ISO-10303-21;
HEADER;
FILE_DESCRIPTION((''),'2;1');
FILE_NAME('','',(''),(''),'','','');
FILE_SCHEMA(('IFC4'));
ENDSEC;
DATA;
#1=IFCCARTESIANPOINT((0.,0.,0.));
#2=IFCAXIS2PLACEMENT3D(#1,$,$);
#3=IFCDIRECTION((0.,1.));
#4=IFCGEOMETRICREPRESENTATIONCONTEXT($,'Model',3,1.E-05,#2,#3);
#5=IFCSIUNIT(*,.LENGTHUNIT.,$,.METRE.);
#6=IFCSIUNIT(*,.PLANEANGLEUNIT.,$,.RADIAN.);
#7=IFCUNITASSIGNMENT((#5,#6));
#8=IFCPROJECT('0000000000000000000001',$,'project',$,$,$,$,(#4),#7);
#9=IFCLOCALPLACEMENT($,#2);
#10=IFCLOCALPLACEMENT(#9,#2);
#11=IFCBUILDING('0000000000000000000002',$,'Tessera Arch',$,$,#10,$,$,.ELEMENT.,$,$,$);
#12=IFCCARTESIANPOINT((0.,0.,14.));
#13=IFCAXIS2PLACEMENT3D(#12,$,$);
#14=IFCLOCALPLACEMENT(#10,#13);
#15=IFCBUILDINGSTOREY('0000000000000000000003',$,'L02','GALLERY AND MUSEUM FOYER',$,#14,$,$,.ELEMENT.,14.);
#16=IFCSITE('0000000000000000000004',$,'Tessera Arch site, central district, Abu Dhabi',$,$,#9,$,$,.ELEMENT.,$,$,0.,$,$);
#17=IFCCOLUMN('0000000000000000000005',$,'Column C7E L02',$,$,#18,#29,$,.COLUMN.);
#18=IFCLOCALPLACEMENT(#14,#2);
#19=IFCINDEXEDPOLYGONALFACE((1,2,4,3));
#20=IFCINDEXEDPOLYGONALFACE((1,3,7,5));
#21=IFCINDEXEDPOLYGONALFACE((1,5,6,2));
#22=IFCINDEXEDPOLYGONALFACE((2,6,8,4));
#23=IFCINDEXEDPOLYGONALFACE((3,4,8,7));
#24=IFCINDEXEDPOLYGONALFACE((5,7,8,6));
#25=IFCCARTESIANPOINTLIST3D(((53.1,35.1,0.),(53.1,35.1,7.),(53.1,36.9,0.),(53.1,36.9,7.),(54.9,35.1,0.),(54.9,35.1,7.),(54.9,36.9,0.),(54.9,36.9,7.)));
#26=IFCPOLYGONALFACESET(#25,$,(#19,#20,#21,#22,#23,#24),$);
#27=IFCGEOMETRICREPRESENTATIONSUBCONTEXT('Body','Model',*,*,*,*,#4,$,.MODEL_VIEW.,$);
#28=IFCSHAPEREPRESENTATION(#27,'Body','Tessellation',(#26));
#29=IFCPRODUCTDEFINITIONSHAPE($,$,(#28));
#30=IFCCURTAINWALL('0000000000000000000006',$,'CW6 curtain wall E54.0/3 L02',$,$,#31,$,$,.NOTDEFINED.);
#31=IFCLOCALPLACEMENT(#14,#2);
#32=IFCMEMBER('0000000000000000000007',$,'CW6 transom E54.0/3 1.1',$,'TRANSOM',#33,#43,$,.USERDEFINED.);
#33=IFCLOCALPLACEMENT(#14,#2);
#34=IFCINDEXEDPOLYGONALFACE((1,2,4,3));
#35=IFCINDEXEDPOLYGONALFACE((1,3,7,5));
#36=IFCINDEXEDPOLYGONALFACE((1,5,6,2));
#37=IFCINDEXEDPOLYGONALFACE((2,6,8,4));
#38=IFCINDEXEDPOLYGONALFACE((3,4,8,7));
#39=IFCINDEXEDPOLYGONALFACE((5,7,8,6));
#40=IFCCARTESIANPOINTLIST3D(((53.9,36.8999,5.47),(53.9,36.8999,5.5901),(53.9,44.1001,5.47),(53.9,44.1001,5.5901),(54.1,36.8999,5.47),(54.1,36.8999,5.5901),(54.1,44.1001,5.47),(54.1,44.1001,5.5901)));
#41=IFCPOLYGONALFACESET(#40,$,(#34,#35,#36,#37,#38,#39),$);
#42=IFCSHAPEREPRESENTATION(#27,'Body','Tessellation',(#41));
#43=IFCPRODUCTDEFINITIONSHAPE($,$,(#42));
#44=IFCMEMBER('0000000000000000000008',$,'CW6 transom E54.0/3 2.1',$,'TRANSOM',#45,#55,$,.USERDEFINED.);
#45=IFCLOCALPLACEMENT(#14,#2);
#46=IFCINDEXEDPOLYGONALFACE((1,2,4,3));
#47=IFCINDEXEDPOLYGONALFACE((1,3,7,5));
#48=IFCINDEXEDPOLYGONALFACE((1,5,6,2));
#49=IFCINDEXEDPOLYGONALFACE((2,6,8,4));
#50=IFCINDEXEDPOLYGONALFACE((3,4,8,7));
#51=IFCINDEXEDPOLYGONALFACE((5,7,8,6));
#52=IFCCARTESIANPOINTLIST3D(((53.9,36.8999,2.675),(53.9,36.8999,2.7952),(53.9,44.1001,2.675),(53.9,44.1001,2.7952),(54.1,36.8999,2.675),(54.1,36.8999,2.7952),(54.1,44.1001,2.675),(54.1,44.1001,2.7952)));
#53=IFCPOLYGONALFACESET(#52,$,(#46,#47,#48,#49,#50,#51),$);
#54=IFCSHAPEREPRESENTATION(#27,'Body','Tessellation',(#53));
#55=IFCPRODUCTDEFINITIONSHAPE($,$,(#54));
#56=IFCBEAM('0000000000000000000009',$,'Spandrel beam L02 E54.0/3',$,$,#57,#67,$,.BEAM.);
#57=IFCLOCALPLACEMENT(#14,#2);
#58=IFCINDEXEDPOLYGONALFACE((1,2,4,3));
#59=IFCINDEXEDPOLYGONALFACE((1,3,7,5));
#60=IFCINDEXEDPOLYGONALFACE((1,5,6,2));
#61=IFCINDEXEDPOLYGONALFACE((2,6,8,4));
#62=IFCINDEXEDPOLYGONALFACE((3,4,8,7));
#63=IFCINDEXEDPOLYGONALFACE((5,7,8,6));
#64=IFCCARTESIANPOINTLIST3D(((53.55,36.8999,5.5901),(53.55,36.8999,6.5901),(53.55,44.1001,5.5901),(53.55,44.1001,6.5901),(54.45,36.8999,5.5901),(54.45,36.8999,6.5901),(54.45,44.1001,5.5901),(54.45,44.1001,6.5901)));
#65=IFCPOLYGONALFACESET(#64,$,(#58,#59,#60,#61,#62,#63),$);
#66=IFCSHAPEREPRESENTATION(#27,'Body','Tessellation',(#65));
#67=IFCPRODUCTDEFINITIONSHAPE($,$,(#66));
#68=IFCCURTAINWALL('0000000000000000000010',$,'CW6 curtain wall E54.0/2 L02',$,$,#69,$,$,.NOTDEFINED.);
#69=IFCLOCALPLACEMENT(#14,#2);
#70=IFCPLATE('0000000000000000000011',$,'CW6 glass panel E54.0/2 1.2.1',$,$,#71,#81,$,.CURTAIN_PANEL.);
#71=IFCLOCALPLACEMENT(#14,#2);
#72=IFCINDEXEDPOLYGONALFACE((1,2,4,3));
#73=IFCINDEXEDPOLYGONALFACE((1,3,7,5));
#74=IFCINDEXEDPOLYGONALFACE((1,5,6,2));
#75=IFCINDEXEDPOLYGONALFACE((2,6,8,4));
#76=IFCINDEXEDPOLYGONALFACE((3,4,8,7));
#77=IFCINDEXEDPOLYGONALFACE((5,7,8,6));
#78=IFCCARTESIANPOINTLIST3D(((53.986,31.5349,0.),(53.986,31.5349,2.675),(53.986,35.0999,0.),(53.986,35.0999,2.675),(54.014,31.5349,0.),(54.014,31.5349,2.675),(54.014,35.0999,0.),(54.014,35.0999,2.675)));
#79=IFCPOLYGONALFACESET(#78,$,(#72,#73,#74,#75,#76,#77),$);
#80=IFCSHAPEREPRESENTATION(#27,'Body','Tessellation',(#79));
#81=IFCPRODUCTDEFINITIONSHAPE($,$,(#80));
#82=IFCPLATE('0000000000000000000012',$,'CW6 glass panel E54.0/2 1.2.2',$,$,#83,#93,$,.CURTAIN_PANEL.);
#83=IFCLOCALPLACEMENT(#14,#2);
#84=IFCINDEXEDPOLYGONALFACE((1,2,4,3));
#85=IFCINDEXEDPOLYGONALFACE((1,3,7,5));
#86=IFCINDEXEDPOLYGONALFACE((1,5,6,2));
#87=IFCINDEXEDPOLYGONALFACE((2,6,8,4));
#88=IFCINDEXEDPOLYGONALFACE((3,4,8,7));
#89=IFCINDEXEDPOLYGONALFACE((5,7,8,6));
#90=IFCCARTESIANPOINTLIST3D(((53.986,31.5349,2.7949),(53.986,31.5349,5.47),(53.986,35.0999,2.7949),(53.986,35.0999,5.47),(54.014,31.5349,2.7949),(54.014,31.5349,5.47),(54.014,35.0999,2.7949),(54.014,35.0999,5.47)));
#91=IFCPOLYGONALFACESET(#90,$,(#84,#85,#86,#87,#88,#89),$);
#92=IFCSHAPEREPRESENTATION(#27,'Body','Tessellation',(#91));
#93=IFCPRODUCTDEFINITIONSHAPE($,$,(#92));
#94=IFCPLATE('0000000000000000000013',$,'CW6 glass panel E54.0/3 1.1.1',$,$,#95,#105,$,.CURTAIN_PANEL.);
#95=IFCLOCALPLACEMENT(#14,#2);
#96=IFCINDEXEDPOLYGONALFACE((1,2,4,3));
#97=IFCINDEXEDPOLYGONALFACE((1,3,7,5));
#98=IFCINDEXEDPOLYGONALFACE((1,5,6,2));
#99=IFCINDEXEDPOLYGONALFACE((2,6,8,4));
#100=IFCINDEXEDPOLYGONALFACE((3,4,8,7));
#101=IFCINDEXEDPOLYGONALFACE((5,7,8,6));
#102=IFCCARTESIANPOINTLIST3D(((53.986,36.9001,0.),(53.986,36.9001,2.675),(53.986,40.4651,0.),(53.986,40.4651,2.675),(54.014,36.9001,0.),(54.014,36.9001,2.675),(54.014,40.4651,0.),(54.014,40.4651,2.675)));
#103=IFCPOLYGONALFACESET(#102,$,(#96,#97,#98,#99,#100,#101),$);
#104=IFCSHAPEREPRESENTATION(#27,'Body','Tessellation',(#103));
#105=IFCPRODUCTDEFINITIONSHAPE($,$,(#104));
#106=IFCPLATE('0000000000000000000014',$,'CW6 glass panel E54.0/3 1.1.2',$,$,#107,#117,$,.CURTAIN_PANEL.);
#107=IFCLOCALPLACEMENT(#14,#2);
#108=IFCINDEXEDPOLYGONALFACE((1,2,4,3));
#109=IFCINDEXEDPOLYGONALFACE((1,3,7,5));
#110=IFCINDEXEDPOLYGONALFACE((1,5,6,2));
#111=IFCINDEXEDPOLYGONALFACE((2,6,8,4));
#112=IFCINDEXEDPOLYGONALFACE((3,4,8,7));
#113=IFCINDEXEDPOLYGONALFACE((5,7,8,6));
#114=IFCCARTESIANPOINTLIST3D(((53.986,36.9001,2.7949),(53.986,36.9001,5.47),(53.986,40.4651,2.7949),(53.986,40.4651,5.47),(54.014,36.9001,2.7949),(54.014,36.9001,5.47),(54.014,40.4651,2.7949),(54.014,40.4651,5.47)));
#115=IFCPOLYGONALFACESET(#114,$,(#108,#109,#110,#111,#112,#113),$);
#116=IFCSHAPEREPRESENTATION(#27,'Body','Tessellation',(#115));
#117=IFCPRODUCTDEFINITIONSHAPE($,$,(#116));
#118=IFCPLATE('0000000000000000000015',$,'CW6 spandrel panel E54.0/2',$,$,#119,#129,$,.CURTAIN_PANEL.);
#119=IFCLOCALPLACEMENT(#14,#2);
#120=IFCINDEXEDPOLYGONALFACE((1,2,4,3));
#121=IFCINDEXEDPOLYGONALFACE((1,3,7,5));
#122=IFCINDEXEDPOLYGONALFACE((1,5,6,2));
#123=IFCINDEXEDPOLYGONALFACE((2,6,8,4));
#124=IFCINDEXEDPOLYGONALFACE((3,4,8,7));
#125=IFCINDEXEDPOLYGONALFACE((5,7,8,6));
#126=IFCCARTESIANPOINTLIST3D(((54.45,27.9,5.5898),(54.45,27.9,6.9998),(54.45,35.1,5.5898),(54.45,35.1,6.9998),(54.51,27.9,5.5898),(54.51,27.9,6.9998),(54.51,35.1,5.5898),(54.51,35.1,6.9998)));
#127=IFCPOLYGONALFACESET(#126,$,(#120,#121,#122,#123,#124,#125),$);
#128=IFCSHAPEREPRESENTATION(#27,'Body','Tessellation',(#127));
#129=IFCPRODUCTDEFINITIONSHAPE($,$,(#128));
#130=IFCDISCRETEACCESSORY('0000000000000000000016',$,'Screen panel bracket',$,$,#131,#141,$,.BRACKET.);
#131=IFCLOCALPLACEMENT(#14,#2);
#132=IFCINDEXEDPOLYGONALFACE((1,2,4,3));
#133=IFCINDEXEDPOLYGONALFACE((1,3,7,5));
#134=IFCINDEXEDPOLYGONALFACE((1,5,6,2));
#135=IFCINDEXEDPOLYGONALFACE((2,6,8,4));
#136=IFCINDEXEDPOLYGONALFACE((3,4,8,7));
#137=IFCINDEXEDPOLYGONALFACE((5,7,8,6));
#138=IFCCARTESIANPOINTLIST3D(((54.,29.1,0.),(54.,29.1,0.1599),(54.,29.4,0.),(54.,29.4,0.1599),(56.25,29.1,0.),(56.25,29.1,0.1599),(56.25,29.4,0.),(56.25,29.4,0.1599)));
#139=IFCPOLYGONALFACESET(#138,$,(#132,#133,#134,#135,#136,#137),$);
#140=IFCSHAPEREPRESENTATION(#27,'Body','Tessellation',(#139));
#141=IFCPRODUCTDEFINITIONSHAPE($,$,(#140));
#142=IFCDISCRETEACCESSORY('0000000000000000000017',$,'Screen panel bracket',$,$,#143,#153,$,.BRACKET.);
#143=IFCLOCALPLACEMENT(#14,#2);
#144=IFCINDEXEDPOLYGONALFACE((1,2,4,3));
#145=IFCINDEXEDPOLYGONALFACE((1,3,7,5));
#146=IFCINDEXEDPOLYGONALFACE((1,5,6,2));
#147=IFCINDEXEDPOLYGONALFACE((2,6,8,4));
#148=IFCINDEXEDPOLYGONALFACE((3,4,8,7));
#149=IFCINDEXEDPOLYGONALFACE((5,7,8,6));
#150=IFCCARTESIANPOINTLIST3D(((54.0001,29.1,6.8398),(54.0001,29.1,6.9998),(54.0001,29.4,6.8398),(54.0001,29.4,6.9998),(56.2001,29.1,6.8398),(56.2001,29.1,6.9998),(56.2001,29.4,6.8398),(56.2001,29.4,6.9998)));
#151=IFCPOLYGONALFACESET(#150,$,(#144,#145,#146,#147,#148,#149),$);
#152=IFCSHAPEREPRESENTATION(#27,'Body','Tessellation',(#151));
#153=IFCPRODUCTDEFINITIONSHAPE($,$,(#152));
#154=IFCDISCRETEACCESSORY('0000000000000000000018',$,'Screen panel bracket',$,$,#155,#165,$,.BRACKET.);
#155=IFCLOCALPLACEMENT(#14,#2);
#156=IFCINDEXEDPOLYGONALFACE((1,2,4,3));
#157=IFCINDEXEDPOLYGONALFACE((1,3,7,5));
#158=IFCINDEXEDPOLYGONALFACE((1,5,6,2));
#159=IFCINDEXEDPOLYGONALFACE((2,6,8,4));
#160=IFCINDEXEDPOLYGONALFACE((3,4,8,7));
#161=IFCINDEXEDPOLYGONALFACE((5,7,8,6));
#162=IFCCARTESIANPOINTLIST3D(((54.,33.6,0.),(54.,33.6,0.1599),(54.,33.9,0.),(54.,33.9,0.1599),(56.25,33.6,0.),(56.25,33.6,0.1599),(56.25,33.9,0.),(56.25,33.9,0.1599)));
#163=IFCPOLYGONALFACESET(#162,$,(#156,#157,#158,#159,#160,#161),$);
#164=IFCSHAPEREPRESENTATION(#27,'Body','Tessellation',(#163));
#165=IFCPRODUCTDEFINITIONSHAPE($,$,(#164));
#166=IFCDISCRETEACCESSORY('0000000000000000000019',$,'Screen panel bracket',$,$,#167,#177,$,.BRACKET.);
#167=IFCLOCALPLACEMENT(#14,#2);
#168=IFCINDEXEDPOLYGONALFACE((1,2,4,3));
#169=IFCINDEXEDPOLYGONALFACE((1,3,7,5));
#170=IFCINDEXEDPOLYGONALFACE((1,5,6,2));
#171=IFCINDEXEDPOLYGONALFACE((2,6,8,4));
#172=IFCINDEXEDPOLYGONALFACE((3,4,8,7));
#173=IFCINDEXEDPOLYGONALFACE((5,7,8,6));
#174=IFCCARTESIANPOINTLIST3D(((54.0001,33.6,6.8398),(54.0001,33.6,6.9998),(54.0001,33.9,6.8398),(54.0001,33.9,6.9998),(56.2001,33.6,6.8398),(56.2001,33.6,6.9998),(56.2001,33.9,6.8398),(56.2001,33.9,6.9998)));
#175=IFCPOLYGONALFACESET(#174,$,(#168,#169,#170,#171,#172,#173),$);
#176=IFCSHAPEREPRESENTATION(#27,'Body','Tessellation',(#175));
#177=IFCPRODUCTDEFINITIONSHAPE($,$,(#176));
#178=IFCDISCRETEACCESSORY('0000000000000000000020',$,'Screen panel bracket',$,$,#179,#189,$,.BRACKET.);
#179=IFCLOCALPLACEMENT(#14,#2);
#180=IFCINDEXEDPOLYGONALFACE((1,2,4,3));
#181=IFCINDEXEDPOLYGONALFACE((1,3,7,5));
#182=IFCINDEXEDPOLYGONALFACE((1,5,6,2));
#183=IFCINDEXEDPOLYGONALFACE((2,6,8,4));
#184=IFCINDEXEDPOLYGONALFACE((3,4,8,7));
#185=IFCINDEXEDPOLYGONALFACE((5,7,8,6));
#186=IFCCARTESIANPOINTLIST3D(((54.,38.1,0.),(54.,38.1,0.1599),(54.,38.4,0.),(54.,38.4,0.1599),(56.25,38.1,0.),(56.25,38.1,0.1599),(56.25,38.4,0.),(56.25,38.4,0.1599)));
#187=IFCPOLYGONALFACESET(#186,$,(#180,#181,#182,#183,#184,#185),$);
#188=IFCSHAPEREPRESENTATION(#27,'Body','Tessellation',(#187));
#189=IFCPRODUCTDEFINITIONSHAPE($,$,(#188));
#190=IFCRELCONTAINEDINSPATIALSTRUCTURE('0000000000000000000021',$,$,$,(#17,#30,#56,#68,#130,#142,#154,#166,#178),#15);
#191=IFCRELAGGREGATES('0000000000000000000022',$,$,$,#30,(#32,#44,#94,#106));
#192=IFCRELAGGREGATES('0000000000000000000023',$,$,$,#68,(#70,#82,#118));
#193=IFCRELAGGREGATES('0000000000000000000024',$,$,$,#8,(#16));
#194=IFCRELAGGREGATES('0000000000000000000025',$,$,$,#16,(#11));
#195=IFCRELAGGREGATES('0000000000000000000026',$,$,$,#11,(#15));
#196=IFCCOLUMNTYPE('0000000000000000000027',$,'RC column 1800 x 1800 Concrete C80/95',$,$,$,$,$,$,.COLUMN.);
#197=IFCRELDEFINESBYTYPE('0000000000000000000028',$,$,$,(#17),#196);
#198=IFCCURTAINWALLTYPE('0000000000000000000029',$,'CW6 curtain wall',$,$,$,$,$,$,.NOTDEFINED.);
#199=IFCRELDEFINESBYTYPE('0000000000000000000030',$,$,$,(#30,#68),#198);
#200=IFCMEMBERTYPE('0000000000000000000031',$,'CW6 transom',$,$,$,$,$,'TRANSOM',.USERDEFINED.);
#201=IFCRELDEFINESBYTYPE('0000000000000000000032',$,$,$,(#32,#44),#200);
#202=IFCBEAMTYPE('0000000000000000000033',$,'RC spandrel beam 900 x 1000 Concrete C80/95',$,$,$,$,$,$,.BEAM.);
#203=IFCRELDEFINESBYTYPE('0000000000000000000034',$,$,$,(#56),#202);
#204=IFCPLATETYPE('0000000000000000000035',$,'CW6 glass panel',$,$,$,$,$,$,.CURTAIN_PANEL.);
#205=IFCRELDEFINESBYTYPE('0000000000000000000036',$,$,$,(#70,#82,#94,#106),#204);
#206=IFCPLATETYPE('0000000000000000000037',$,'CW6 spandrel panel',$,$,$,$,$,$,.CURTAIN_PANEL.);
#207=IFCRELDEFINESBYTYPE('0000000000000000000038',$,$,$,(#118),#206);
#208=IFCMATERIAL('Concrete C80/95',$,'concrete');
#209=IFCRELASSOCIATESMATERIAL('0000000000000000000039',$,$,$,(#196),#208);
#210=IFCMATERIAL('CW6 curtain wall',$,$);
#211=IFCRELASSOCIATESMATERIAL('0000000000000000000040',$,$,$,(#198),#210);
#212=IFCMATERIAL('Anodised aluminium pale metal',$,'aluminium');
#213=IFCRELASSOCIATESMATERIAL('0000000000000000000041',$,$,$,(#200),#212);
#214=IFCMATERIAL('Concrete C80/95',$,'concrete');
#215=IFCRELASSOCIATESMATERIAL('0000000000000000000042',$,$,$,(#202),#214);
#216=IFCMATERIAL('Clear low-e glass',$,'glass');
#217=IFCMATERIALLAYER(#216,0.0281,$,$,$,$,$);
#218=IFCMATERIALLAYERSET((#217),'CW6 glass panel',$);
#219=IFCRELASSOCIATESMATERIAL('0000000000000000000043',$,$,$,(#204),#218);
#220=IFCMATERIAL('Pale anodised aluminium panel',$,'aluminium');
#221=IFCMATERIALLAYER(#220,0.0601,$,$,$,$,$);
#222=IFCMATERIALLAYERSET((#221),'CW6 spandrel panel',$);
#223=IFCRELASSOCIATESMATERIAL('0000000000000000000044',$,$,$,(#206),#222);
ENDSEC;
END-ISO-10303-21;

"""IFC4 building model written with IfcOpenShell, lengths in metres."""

from ifc_helpers import new_model, si_unit, direction, frame, origin, origin_2d, place, context, subcontext, project, spatial, rectangle, extrude, material, layer, layer_set, material_profile, profile_set, type_object, element, aggregate, save


model = new_model("IFC4")

# Units and contexts
model_context = context("Model", 3, precision=1e-05, world=origin(), true_north=direction((0.0, 1.0)))
body_context = subcontext(model_context, "Body", "Model", "MODEL_VIEW")
ifc_project = project(units=[si_unit("LENGTHUNIT", "METRE"), si_unit("PLANEANGLEUNIT", "RADIAN")], contexts=[model_context])

# Site, building, storey
site_placement = place(None, origin())
site = spatial("IfcSite", under=ifc_project, at=site_placement, Name="Tessera Arch site, central district, Abu Dhabi", CompositionType="ELEMENT", RefElevation=0.0)
building_placement = place(site_placement, origin())
building = spatial("IfcBuilding", under=site, at=building_placement, Name="Tessera Arch", CompositionType="ELEMENT")
storey_placement = place(building_placement, frame((0.0, 0.0, 14.0)))
storey = spatial("IfcBuildingStorey", under=building, at=storey_placement, Name="L02", Description="GALLERY AND MUSEUM FOYER", CompositionType="ELEMENT", Elevation=14.0)

# Column
ifc_material_1 = material(Name="Concrete C80/95", Category="concrete")
ifc_material_profile_1 = material_profile(ifc_material_1, rectangle(XDim=1.8, YDim=1.8, at=origin_2d()), Name="RC column 1800 x 1800 Concrete C80/95")
ifc_profile_set_1 = profile_set([ifc_material_profile_1], Name="Concrete C80/95")
column_type = type_object("IfcColumnType", Name="RC column 1800 x 1800 Concrete C80/95", PredefinedType="COLUMN", material=ifc_profile_set_1)
column_placement = place(storey_placement, frame((54.0, 36.0, 0.0), z_axis=(0.0, 0.0, 1.0), x_axis=(1.0, 0.0, 0.0)))
element("IfcColumn", 1, at=column_placement, inside=storey, type_object=column_type, Name="Column C7E L02", PredefinedType="COLUMN", context=body_context, shape_type="SweptSolid", body=[
    extrude(rectangle(XDim=1.8, YDim=1.8, at=origin_2d()), origin(), (0.0, 0.0, 1.0), 7.0),
])

# Curtain wall, members
ifc_material_2 = material(Name="CW6 curtain wall")
curtain_wall_type = type_object("IfcCurtainWallType", Name="CW6 curtain wall", PredefinedType="NOTDEFINED", material=ifc_material_2)
curtain_wall_1_placement = place(storey_placement, origin())
curtain_wall_1 = element("IfcCurtainWall", 2, at=curtain_wall_1_placement, inside=storey, type_object=curtain_wall_type, Name="CW6 curtain wall E54.0/3 L02", PredefinedType="NOTDEFINED")
ifc_material_3 = material(Name="Anodised aluminium pale metal", Category="aluminium")
ifc_material_profile_2 = material_profile(ifc_material_3, rectangle(XDim=0.2, YDim=0.1201, at=origin_2d()), Name="AL 200x120")
ifc_profile_set_2 = profile_set([ifc_material_profile_2], Name="Anodised aluminium pale metal")
member_type = type_object("IfcMemberType", Name="CW6 transom", ElementType="TRANSOM", PredefinedType="USERDEFINED", material=ifc_profile_set_2)
member_1_placement = place(storey_placement, frame((54.0, 36.8999, 5.53), z_axis=(0.0, 1.0, 0.0), x_axis=(-1.0, 0.0, 0.0)))
member_1 = element("IfcMember", 3, at=member_1_placement, type_object=member_type, Name="CW6 transom E54.0/3 1.1", ObjectType="TRANSOM", PredefinedType="USERDEFINED", context=body_context, shape_type="SweptSolid", body=[
    extrude(rectangle(XDim=0.2, YDim=0.1201, at=origin_2d()), origin(), (0.0, 0.0, 1.0), 7.2002),
])
member_2_placement = place(storey_placement, frame((54.0, 36.8999, 2.7351), z_axis=(0.0, 1.0, 0.0), x_axis=(-1.0, 0.0, 0.0)))
member_2 = element("IfcMember", 4, at=member_2_placement, type_object=member_type, Name="CW6 transom E54.0/3 2.1", ObjectType="TRANSOM", PredefinedType="USERDEFINED", context=body_context, shape_type="SweptSolid", body=[
    extrude(rectangle(XDim=0.2, YDim=0.1201, at=origin_2d()), origin(), (0.0, 0.0, 1.0), 7.2002),
])

# Beam
ifc_material_4 = material(Name="Concrete C80/95", Category="concrete")
ifc_material_profile_3 = material_profile(ifc_material_4, rectangle(XDim=0.8999, YDim=1.0, at=origin_2d()), Name="RC spandrel beam 900 x 1000 Concrete C80/95")
ifc_profile_set_3 = profile_set([ifc_material_profile_3], Name="Concrete C80/95")
beam_type = type_object("IfcBeamType", Name="RC spandrel beam 900 x 1000 Concrete C80/95", PredefinedType="BEAM", material=ifc_profile_set_3)
beam_placement = place(storey_placement, frame((54.0, 36.8999, 6.0901), z_axis=(0.0, 1.0, 0.0), x_axis=(-1.0, 0.0, 0.0)))
element("IfcBeam", 5, at=beam_placement, inside=storey, type_object=beam_type, Name="Spandrel beam L02 E54.0/3", PredefinedType="BEAM", context=body_context, shape_type="SweptSolid", body=[
    extrude(rectangle(XDim=0.8999, YDim=1.0, at=origin_2d()), origin(), (0.0, 0.0, 1.0), 7.2002),
])

# Curtain wall, plates
curtain_wall_2_placement = place(storey_placement, origin())
curtain_wall_2 = element("IfcCurtainWall", 6, at=curtain_wall_2_placement, inside=storey, type_object=curtain_wall_type, Name="CW6 curtain wall E54.0/2 L02", PredefinedType="NOTDEFINED")
ifc_material_5 = material(Name="Clear low-e glass", Category="glass")
ifc_layer_1 = layer(ifc_material_5, 0.0281)
ifc_layer_set_1 = layer_set([ifc_layer_1], Name="CW6 glass panel")
plate_type_1 = type_object("IfcPlateType", Name="CW6 glass panel", PredefinedType="CURTAIN_PANEL", material=ifc_layer_set_1)
plate_1_placement = place(storey_placement, frame((54.0, 33.3174, 0.0), z_axis=(0.0, 0.0, 1.0), x_axis=(0.0, 1.0, 0.0)))
plate_1 = element("IfcPlate", 7, at=plate_1_placement, type_object=plate_type_1, Name="CW6 glass panel E54.0/2 1.2.1", PredefinedType="CURTAIN_PANEL", context=body_context, shape_type="SweptSolid", body=[
    extrude(rectangle(XDim=3.5649, YDim=0.0281, at=origin_2d()), origin(), (0.0, 0.0, 1.0), 2.675),
])
plate_2_placement = place(storey_placement, frame((54.0, 33.3174, 2.7949), z_axis=(0.0, 0.0, 1.0), x_axis=(0.0, 1.0, 0.0)))
plate_2 = element("IfcPlate", 8, at=plate_2_placement, type_object=plate_type_1, Name="CW6 glass panel E54.0/2 1.2.2", PredefinedType="CURTAIN_PANEL", context=body_context, shape_type="SweptSolid", body=[
    extrude(rectangle(XDim=3.5649, YDim=0.0281, at=origin_2d()), origin(), (0.0, 0.0, 1.0), 2.675),
])

# Plates
plate_3_placement = place(storey_placement, frame((54.0, 38.6826, 0.0), z_axis=(0.0, 0.0, 1.0), x_axis=(0.0, 1.0, 0.0)))
plate_3 = element("IfcPlate", 9, at=plate_3_placement, type_object=plate_type_1, Name="CW6 glass panel E54.0/3 1.1.1", PredefinedType="CURTAIN_PANEL", context=body_context, shape_type="SweptSolid", body=[
    extrude(rectangle(XDim=3.5649, YDim=0.0281, at=origin_2d()), origin(), (0.0, 0.0, 1.0), 2.675),
])
plate_4_placement = place(storey_placement, frame((54.0, 38.6826, 2.7949), z_axis=(0.0, 0.0, 1.0), x_axis=(0.0, 1.0, 0.0)))
plate_4 = element("IfcPlate", 10, at=plate_4_placement, type_object=plate_type_1, Name="CW6 glass panel E54.0/3 1.1.2", PredefinedType="CURTAIN_PANEL", context=body_context, shape_type="SweptSolid", body=[
    extrude(rectangle(XDim=3.5649, YDim=0.0281, at=origin_2d()), origin(), (0.0, 0.0, 1.0), 2.675),
])
aggregate(curtain_wall_1, [member_1, member_2, plate_3, plate_4])
ifc_material_6 = material(Name="Pale anodised aluminium panel", Category="aluminium")
ifc_layer_2 = layer(ifc_material_6, 0.0601)
ifc_layer_set_2 = layer_set([ifc_layer_2], Name="CW6 spandrel panel")
plate_type_2 = type_object("IfcPlateType", Name="CW6 spandrel panel", PredefinedType="CURTAIN_PANEL", material=ifc_layer_set_2)
plate_5_placement = place(storey_placement, frame((54.48, 31.5, 5.5898), z_axis=(0.0, 0.0, 1.0), x_axis=(0.0, 1.0, 0.0)))
plate_5 = element("IfcPlate", 11, at=plate_5_placement, type_object=plate_type_2, Name="CW6 spandrel panel E54.0/2", PredefinedType="CURTAIN_PANEL", context=body_context, shape_type="SweptSolid", body=[
    extrude(rectangle(XDim=7.2, YDim=0.0601, at=origin_2d()), origin(), (0.0, 0.0, 1.0), 1.4099),
])
aggregate(curtain_wall_2, [plate_1, plate_2, plate_5])

# Discrete accessories
discrete_accessory_1_placement = place(storey_placement, frame((55.125, 29.25, 0.0), z_axis=(0.0, 0.0, 1.0), x_axis=(1.0, 0.0, 0.0)))
element("IfcDiscreteAccessory", 12, at=discrete_accessory_1_placement, inside=storey, Name="Screen panel bracket", PredefinedType="BRACKET", context=body_context, shape_type="SweptSolid", body=[
    extrude(rectangle(XDim=2.25, YDim=0.3, at=origin_2d()), origin(), (0.0, 0.0, 1.0), 0.1599),
])
discrete_accessory_2_placement = place(storey_placement, frame((55.1001, 29.25, 6.8398), z_axis=(0.0, 0.0, 1.0), x_axis=(1.0, 0.0, 0.0)))
element("IfcDiscreteAccessory", 13, at=discrete_accessory_2_placement, inside=storey, Name="Screen panel bracket", PredefinedType="BRACKET", context=body_context, shape_type="SweptSolid", body=[
    extrude(rectangle(XDim=2.2, YDim=0.3, at=origin_2d()), origin(), (0.0, 0.0, 1.0), 0.1599),
])
discrete_accessory_3_placement = place(storey_placement, frame((55.125, 33.75, 0.0), z_axis=(0.0, 0.0, 1.0), x_axis=(1.0, 0.0, 0.0)))
element("IfcDiscreteAccessory", 14, at=discrete_accessory_3_placement, inside=storey, Name="Screen panel bracket", PredefinedType="BRACKET", context=body_context, shape_type="SweptSolid", body=[
    extrude(rectangle(XDim=2.25, YDim=0.3, at=origin_2d()), origin(), (0.0, 0.0, 1.0), 0.1599),
])
discrete_accessory_4_placement = place(storey_placement, frame((55.1001, 33.75, 6.8398), z_axis=(0.0, 0.0, 1.0), x_axis=(1.0, 0.0, 0.0)))
element("IfcDiscreteAccessory", 15, at=discrete_accessory_4_placement, inside=storey, Name="Screen panel bracket", PredefinedType="BRACKET", context=body_context, shape_type="SweptSolid", body=[
    extrude(rectangle(XDim=2.2, YDim=0.3, at=origin_2d()), origin(), (0.0, 0.0, 1.0), 0.1599),
])
discrete_accessory_5_placement = place(storey_placement, frame((55.125, 38.25, 0.0), z_axis=(0.0, 0.0, 1.0), x_axis=(1.0, 0.0, 0.0)))
element("IfcDiscreteAccessory", 16, at=discrete_accessory_5_placement, inside=storey, Name="Screen panel bracket", PredefinedType="BRACKET", context=body_context, shape_type="SweptSolid", body=[
    extrude(rectangle(XDim=2.25, YDim=0.3, at=origin_2d()), origin(), (0.0, 0.0, 1.0), 0.1599),
])

save(model, "model.ifc")
